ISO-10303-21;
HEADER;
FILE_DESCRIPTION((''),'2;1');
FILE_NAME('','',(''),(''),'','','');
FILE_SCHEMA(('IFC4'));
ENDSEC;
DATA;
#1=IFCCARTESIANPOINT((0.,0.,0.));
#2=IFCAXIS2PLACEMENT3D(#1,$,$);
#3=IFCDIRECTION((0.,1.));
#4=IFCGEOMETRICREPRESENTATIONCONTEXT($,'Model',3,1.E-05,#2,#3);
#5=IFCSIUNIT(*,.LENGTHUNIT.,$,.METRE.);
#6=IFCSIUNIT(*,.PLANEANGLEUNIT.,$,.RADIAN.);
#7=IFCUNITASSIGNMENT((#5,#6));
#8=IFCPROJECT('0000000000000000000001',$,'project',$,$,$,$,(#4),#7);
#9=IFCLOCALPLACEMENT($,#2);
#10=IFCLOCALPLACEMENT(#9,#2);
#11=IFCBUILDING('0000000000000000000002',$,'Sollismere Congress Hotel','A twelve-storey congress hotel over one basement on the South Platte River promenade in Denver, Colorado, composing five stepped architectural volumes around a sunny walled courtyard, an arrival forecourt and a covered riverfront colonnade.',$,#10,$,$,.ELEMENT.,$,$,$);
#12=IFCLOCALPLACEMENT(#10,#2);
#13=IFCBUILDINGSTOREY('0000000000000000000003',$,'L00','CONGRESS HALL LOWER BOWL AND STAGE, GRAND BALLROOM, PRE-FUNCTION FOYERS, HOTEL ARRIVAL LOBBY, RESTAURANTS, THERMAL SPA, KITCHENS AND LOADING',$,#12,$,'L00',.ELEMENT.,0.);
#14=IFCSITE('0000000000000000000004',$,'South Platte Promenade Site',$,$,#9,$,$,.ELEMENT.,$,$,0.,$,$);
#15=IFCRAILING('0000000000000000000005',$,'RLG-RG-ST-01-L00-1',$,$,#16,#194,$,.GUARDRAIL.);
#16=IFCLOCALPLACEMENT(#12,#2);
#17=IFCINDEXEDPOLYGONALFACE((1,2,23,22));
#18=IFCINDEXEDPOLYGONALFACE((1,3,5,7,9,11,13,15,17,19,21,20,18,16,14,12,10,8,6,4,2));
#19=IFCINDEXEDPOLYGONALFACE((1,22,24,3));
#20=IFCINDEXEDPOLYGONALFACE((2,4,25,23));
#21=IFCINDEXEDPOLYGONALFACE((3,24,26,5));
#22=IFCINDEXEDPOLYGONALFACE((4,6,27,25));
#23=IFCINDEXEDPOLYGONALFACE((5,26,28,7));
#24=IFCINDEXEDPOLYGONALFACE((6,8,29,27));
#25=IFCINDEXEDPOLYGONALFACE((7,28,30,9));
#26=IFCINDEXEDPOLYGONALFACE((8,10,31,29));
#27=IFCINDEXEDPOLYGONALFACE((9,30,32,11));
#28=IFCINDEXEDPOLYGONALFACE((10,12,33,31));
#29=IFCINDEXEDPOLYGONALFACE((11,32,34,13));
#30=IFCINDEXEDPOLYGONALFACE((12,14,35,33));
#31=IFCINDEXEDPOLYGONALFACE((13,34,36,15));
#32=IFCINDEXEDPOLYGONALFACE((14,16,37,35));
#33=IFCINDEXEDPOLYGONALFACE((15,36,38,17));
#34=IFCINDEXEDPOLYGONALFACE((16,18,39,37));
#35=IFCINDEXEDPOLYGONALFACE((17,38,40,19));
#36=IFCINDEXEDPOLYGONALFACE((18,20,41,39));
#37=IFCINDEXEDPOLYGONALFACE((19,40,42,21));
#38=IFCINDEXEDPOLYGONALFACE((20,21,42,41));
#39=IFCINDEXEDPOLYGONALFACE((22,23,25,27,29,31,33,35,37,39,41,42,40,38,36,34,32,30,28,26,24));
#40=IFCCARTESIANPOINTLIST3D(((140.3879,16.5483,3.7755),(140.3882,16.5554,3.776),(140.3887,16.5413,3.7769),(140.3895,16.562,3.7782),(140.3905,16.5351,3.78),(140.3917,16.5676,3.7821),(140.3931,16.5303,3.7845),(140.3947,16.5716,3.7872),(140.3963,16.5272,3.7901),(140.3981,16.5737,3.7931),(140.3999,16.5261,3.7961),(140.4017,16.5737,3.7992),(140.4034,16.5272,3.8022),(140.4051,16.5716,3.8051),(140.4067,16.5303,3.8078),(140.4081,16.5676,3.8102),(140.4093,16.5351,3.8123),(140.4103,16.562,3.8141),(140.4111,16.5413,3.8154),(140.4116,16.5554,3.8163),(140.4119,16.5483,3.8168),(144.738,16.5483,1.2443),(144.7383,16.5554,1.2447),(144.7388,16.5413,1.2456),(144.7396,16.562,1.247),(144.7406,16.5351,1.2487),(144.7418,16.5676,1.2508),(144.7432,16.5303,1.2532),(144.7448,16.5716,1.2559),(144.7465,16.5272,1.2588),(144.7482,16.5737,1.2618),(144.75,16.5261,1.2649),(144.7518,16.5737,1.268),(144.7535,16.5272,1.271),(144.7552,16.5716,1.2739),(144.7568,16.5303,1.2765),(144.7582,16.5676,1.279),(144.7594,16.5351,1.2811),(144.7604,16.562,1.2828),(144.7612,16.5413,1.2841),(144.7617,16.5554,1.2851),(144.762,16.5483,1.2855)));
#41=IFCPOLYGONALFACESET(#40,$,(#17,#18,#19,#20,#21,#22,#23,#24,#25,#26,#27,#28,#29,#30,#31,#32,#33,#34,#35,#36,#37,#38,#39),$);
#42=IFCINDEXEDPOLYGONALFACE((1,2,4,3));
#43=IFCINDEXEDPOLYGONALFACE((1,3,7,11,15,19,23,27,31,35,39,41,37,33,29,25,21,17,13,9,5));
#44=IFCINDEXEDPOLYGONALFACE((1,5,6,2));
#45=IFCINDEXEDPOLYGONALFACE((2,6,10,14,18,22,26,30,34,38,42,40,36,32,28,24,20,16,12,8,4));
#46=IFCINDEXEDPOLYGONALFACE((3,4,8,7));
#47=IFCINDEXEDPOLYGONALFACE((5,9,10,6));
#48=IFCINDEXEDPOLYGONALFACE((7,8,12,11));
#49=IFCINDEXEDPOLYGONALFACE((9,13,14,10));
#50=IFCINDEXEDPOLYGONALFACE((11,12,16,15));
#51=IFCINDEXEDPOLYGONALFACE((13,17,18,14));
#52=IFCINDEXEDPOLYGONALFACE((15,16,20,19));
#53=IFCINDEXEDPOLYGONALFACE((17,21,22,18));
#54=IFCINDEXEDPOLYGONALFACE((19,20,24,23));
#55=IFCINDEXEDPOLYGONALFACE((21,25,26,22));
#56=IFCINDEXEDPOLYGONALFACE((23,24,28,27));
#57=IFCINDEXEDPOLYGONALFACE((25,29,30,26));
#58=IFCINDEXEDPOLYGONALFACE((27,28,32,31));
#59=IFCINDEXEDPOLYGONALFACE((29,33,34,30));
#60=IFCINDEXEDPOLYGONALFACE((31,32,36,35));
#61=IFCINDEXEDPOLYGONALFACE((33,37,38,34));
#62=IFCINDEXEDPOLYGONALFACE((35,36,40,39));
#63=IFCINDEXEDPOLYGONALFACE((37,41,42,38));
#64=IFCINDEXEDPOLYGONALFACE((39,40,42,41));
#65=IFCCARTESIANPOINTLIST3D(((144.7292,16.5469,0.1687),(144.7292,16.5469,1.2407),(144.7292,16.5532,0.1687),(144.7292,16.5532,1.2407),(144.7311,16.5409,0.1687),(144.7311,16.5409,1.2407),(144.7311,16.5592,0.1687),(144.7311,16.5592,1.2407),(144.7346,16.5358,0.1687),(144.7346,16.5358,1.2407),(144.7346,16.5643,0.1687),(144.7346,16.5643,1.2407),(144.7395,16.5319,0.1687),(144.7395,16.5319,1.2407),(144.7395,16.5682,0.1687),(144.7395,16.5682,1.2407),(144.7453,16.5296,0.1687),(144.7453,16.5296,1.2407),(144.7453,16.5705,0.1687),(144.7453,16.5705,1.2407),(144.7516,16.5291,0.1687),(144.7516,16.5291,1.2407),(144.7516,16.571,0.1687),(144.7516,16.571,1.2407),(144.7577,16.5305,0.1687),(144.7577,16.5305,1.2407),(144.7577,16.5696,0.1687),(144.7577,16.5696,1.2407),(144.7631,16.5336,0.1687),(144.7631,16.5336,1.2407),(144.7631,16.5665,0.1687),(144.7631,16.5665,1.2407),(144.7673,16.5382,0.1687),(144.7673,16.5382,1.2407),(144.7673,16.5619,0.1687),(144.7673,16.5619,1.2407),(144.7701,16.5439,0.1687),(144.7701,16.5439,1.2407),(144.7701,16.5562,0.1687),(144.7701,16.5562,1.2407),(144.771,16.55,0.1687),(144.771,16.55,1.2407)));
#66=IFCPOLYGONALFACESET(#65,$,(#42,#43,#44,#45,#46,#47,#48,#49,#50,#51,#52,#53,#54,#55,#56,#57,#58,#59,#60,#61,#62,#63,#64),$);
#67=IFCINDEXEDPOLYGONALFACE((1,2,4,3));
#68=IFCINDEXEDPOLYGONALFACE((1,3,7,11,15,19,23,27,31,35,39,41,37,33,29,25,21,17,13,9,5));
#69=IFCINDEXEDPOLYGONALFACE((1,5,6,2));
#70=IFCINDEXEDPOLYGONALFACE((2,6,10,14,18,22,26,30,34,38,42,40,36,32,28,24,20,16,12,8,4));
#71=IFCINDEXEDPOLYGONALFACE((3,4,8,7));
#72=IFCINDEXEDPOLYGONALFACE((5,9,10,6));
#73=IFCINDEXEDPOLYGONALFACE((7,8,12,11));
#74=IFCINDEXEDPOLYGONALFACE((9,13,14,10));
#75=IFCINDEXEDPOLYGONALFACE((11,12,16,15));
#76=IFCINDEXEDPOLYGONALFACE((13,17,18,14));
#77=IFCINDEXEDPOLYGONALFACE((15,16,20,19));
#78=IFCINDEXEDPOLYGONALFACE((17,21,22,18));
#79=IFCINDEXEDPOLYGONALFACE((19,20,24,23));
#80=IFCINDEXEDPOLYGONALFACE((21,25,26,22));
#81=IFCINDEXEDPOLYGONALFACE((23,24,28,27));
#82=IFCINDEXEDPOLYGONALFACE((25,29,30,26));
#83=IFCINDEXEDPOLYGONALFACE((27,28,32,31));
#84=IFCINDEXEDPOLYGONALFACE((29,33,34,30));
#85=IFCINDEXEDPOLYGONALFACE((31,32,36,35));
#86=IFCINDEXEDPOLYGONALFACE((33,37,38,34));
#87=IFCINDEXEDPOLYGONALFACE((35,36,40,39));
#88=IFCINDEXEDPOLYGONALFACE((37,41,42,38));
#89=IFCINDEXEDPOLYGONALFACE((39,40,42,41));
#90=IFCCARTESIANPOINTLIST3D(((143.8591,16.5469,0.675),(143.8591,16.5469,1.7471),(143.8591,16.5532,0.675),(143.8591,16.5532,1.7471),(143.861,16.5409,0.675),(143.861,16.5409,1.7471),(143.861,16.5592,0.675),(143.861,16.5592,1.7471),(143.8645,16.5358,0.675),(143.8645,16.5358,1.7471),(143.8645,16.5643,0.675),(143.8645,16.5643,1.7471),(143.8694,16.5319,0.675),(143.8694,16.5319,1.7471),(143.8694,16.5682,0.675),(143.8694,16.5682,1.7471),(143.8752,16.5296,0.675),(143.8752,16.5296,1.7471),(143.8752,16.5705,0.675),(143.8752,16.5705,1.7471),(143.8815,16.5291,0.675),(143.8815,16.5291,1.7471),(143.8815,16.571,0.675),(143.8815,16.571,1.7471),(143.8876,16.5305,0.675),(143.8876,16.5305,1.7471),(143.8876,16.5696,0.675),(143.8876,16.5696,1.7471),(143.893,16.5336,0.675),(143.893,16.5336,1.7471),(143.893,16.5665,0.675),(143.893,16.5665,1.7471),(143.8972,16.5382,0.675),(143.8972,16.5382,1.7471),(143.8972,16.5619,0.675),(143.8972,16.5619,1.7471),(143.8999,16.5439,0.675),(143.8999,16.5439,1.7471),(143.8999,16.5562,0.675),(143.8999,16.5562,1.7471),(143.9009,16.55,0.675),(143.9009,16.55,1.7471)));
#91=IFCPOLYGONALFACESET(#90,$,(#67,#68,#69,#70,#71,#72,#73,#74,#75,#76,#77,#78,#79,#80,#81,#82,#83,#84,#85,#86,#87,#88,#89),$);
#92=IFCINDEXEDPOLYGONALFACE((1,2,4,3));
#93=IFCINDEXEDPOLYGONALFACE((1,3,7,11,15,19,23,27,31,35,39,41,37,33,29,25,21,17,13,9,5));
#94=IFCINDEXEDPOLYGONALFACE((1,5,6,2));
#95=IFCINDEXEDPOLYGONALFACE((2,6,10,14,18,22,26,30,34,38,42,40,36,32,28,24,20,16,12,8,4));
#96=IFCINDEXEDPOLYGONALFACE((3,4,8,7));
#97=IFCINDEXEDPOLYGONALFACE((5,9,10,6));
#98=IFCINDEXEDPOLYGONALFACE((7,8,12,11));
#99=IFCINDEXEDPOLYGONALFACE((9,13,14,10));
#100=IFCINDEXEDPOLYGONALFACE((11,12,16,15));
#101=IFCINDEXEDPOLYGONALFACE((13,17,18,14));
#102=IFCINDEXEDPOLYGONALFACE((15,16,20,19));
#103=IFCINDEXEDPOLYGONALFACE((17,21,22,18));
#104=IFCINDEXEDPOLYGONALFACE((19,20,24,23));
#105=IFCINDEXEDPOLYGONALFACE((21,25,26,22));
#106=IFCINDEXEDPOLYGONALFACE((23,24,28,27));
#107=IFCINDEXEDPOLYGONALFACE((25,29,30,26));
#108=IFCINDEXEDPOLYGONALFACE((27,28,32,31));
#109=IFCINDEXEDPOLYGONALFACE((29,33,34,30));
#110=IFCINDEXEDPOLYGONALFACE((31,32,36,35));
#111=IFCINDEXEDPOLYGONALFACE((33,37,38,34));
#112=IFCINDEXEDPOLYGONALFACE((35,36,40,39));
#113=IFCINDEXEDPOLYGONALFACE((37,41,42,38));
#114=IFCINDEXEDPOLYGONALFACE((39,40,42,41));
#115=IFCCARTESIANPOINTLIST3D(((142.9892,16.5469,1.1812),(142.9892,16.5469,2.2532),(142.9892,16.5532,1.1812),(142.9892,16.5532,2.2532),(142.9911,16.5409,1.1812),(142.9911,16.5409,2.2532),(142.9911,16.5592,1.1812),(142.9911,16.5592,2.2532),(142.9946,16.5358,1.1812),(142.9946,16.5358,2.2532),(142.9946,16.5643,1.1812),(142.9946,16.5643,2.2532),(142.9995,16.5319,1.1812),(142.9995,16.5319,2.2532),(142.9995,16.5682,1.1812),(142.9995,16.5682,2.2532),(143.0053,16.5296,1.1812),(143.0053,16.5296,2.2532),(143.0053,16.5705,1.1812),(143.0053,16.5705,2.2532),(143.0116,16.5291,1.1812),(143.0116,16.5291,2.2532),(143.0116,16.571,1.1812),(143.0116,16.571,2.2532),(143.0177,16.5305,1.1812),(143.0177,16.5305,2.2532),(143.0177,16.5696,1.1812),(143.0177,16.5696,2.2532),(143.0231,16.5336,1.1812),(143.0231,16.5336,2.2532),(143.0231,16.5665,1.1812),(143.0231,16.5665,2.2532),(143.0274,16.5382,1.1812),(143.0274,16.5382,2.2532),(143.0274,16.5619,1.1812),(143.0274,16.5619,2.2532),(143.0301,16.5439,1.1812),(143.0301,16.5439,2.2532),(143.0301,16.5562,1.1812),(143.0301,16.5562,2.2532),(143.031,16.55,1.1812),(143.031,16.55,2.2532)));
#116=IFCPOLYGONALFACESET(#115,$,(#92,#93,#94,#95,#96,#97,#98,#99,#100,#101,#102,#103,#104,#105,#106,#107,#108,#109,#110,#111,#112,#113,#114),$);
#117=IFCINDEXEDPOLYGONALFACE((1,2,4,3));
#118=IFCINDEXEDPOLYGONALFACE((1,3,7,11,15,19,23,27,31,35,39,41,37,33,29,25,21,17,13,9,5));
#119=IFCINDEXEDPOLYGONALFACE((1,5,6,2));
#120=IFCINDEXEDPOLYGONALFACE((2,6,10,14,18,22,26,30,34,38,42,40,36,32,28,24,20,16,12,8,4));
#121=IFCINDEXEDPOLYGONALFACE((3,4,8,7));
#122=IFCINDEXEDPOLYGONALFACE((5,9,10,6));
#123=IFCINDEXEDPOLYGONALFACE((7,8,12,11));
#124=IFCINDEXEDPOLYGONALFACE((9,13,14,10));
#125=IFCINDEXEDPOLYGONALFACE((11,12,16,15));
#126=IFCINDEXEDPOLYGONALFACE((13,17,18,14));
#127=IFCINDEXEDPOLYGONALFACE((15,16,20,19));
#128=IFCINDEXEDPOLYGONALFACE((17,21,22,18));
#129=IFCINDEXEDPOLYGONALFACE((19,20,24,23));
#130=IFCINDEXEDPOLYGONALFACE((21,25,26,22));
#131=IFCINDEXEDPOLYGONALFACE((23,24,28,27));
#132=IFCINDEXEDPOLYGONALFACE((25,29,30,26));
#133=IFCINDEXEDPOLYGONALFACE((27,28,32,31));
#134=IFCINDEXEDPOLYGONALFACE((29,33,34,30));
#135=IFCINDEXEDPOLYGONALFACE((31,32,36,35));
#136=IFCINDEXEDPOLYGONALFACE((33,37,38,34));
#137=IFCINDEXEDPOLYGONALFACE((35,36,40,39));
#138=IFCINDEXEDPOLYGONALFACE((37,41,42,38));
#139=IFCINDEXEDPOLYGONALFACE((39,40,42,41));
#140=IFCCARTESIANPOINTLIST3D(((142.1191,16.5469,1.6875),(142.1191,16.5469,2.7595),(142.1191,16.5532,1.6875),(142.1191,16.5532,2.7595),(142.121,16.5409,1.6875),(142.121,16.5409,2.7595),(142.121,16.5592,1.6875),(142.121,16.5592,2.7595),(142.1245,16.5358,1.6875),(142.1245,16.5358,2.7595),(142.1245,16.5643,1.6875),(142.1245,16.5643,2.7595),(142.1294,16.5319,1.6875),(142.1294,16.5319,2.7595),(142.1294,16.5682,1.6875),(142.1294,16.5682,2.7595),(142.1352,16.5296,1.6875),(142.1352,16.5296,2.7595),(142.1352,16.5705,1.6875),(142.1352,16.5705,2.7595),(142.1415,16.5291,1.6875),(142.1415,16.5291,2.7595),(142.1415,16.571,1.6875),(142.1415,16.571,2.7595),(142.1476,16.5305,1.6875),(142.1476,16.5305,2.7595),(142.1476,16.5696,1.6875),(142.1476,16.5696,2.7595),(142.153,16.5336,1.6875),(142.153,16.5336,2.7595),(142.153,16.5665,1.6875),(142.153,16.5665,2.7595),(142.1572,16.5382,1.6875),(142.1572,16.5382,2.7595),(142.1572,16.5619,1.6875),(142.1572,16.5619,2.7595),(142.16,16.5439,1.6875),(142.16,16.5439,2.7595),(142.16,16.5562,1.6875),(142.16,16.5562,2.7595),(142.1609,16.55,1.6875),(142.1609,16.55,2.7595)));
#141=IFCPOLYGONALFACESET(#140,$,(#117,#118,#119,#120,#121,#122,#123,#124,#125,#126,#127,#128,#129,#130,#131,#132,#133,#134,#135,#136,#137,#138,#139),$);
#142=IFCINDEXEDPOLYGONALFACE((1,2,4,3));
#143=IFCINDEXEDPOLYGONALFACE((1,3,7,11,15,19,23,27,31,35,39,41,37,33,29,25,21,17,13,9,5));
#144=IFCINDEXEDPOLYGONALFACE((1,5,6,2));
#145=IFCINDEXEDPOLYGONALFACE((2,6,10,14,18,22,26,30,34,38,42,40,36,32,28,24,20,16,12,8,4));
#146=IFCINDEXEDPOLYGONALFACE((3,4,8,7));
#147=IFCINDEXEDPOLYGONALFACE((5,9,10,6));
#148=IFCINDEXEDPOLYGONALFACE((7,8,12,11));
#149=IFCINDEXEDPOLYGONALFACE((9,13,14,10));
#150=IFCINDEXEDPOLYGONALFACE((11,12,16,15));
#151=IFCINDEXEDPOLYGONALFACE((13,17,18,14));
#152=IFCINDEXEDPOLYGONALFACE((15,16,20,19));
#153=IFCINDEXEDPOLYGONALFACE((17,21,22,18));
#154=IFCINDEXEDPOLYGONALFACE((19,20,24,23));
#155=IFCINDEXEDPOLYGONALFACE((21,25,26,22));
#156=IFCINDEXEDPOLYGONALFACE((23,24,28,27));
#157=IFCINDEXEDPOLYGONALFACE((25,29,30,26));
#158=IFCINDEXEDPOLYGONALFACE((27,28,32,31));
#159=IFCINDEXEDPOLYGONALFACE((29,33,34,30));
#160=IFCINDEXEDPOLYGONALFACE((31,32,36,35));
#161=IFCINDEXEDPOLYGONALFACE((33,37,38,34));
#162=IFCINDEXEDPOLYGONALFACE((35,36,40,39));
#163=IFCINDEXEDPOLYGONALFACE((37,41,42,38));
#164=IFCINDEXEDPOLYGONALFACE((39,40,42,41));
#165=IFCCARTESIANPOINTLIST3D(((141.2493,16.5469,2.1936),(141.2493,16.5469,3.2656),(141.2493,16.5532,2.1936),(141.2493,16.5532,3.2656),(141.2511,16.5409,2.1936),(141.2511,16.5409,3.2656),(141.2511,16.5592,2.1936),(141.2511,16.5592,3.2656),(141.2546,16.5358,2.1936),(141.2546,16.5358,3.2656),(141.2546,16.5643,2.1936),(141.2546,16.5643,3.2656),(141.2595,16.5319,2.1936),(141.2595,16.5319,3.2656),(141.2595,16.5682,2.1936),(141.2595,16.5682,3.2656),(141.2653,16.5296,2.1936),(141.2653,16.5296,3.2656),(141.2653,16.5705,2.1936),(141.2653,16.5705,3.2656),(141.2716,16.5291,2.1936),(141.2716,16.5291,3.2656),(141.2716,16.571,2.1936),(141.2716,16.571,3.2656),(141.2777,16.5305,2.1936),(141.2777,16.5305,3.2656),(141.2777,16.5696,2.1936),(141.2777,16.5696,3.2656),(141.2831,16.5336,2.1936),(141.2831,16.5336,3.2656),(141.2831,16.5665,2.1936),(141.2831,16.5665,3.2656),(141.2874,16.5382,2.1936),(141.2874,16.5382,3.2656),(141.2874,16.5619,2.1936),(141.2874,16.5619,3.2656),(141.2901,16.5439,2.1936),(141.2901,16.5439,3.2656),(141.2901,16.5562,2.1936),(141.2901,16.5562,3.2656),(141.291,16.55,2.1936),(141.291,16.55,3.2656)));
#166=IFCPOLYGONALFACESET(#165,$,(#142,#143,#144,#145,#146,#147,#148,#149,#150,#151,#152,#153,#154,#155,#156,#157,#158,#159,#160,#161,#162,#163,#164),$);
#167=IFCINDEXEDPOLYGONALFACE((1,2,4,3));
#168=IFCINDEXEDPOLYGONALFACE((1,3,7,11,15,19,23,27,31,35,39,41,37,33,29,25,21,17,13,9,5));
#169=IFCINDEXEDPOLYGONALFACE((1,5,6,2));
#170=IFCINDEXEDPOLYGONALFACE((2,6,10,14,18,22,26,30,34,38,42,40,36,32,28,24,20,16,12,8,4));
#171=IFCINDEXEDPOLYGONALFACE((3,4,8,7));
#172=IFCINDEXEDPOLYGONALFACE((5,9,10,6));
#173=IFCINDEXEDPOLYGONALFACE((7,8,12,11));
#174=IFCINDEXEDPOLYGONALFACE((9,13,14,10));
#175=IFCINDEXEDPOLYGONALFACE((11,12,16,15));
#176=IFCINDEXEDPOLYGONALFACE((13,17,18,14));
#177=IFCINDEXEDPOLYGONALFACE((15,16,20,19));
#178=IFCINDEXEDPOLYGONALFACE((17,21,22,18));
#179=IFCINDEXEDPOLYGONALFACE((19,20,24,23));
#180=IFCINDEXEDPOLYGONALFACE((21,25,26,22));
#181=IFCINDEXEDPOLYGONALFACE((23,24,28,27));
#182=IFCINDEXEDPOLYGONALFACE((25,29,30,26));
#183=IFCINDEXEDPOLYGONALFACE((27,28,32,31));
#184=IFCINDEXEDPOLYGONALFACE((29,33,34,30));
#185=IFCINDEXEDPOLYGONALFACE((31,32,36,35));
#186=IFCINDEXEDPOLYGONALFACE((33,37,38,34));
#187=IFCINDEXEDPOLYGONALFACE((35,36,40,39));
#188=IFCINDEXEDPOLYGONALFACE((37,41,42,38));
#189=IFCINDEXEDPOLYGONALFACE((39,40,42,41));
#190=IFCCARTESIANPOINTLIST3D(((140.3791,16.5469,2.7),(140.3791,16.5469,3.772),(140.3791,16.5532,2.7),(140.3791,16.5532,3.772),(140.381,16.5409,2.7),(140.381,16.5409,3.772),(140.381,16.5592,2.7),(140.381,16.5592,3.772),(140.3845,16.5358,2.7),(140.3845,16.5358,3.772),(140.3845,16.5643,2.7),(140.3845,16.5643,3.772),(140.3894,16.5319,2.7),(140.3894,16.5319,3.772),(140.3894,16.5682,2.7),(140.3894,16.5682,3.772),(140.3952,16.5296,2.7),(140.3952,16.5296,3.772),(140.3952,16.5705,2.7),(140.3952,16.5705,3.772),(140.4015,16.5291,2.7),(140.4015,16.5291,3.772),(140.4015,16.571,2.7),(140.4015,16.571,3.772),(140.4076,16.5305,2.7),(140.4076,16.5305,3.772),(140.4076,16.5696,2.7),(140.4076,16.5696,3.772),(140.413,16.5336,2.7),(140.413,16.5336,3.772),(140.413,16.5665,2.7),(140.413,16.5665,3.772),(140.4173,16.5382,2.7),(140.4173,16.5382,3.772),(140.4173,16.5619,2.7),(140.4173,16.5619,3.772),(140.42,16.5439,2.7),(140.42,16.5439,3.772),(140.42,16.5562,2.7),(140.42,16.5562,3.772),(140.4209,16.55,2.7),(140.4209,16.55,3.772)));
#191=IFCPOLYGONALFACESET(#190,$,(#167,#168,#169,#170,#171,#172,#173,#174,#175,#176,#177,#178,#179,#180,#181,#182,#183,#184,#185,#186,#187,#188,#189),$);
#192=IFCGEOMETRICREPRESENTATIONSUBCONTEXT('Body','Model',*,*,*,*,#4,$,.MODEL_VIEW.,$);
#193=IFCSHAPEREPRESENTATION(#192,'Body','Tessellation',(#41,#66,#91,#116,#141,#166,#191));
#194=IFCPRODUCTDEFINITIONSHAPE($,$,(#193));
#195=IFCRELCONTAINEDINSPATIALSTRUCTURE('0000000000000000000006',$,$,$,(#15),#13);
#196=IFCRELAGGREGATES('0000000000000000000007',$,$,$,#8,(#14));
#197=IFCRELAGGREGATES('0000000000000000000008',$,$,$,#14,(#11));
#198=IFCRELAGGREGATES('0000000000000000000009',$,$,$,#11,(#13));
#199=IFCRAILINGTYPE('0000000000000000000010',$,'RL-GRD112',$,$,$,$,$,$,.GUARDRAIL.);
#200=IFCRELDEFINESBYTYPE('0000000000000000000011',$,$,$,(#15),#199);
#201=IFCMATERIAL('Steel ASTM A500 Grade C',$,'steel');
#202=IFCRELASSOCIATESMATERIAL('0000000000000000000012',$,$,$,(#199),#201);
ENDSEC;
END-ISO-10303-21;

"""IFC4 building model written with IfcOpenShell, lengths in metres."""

from ifc_helpers import new_model, si_unit, direction, frame, origin, origin_2d, place, context, subcontext, project, spatial, circle, extrude, material, type_object, element, save


model = new_model("IFC4")

# Units and contexts
model_context = context("Model", 3, precision=1e-05, world=origin(), true_north=direction((0.0, 1.0)))
body_context = subcontext(model_context, "Body", "Model", "MODEL_VIEW")
ifc_project = project(units=[si_unit("LENGTHUNIT", "METRE"), si_unit("PLANEANGLEUNIT", "RADIAN")], contexts=[model_context])

# Site, building, storey
site_placement = place(None, origin())
site = spatial("IfcSite", under=ifc_project, at=site_placement, Name="South Platte Promenade Site", CompositionType="ELEMENT", RefElevation=0.0)
building_placement = place(site_placement, origin())
building = spatial("IfcBuilding", under=site, at=building_placement, Name="Sollismere Congress Hotel", Description="A twelve-storey congress hotel over one basement on the South Platte River promenade in Denver, Colorado, composing five stepped architectural volumes around a sunny walled courtyard, an arrival forecourt and a covered riverfront colonnade.", CompositionType="ELEMENT")
storey_placement = place(building_placement, origin())
storey = spatial("IfcBuildingStorey", under=building, at=storey_placement, Name="L00", Description="CONGRESS HALL LOWER BOWL AND STAGE, GRAND BALLROOM, PRE-FUNCTION FOYERS, HOTEL ARRIVAL LOBBY, RESTAURANTS, THERMAL SPA, KITCHENS AND LOADING", LongName="L00", CompositionType="ELEMENT", Elevation=0.0)

# Railing
ifc_material_1 = material(Name="Steel ASTM A500 Grade C", Category="steel")
railing_type_1 = type_object("IfcRailingType", Name="RL-GRD112", PredefinedType="GUARDRAIL", material=ifc_material_1)
railing_1_placement = place(storey_placement, frame((144.75, 16.55, 0.1687)))
element("IfcRailing", 1, at=railing_1_placement, inside=storey, type_object=railing_type_1, Name="RLG-RG-ST-01-L00-1", PredefinedType="GUARDRAIL", context=body_context, shape_type="SweptSolid", body=[
    extrude(circle(Radius=0.0239, at=origin_2d()), frame((0.0, 0.0, 1.0962), z_axis=(-0.864324, 0.0, 0.502936), x_axis=(0.0, -1.0, 0.0)), (0.0, 0.0, 1.0), 5.033),
    extrude(circle(Radius=0.021, at=origin_2d()), origin(), (0.0, 0.0, 1.0), 1.072),
    extrude(circle(Radius=0.021, at=origin_2d()), frame((-0.8701, 0.0, 0.5063)), (0.0, 0.0, 1.0), 1.072),
    extrude(circle(Radius=0.021, at=origin_2d()), frame((-1.74, 0.0, 1.0125)), (0.0, 0.0, 1.0), 1.072),
    extrude(circle(Radius=0.021, at=origin_2d()), frame((-2.6101, 0.0, 1.5188)), (0.0, 0.0, 1.0), 1.072),
    extrude(circle(Radius=0.021, at=origin_2d()), frame((-3.48, 0.0, 2.0249)), (0.0, 0.0, 1.0), 1.072),
    extrude(circle(Radius=0.021, at=origin_2d()), frame((-4.3501, 0.0, 2.5312)), (0.0, 0.0, 1.0), 1.072),
])

save(model, "model.ifc")
